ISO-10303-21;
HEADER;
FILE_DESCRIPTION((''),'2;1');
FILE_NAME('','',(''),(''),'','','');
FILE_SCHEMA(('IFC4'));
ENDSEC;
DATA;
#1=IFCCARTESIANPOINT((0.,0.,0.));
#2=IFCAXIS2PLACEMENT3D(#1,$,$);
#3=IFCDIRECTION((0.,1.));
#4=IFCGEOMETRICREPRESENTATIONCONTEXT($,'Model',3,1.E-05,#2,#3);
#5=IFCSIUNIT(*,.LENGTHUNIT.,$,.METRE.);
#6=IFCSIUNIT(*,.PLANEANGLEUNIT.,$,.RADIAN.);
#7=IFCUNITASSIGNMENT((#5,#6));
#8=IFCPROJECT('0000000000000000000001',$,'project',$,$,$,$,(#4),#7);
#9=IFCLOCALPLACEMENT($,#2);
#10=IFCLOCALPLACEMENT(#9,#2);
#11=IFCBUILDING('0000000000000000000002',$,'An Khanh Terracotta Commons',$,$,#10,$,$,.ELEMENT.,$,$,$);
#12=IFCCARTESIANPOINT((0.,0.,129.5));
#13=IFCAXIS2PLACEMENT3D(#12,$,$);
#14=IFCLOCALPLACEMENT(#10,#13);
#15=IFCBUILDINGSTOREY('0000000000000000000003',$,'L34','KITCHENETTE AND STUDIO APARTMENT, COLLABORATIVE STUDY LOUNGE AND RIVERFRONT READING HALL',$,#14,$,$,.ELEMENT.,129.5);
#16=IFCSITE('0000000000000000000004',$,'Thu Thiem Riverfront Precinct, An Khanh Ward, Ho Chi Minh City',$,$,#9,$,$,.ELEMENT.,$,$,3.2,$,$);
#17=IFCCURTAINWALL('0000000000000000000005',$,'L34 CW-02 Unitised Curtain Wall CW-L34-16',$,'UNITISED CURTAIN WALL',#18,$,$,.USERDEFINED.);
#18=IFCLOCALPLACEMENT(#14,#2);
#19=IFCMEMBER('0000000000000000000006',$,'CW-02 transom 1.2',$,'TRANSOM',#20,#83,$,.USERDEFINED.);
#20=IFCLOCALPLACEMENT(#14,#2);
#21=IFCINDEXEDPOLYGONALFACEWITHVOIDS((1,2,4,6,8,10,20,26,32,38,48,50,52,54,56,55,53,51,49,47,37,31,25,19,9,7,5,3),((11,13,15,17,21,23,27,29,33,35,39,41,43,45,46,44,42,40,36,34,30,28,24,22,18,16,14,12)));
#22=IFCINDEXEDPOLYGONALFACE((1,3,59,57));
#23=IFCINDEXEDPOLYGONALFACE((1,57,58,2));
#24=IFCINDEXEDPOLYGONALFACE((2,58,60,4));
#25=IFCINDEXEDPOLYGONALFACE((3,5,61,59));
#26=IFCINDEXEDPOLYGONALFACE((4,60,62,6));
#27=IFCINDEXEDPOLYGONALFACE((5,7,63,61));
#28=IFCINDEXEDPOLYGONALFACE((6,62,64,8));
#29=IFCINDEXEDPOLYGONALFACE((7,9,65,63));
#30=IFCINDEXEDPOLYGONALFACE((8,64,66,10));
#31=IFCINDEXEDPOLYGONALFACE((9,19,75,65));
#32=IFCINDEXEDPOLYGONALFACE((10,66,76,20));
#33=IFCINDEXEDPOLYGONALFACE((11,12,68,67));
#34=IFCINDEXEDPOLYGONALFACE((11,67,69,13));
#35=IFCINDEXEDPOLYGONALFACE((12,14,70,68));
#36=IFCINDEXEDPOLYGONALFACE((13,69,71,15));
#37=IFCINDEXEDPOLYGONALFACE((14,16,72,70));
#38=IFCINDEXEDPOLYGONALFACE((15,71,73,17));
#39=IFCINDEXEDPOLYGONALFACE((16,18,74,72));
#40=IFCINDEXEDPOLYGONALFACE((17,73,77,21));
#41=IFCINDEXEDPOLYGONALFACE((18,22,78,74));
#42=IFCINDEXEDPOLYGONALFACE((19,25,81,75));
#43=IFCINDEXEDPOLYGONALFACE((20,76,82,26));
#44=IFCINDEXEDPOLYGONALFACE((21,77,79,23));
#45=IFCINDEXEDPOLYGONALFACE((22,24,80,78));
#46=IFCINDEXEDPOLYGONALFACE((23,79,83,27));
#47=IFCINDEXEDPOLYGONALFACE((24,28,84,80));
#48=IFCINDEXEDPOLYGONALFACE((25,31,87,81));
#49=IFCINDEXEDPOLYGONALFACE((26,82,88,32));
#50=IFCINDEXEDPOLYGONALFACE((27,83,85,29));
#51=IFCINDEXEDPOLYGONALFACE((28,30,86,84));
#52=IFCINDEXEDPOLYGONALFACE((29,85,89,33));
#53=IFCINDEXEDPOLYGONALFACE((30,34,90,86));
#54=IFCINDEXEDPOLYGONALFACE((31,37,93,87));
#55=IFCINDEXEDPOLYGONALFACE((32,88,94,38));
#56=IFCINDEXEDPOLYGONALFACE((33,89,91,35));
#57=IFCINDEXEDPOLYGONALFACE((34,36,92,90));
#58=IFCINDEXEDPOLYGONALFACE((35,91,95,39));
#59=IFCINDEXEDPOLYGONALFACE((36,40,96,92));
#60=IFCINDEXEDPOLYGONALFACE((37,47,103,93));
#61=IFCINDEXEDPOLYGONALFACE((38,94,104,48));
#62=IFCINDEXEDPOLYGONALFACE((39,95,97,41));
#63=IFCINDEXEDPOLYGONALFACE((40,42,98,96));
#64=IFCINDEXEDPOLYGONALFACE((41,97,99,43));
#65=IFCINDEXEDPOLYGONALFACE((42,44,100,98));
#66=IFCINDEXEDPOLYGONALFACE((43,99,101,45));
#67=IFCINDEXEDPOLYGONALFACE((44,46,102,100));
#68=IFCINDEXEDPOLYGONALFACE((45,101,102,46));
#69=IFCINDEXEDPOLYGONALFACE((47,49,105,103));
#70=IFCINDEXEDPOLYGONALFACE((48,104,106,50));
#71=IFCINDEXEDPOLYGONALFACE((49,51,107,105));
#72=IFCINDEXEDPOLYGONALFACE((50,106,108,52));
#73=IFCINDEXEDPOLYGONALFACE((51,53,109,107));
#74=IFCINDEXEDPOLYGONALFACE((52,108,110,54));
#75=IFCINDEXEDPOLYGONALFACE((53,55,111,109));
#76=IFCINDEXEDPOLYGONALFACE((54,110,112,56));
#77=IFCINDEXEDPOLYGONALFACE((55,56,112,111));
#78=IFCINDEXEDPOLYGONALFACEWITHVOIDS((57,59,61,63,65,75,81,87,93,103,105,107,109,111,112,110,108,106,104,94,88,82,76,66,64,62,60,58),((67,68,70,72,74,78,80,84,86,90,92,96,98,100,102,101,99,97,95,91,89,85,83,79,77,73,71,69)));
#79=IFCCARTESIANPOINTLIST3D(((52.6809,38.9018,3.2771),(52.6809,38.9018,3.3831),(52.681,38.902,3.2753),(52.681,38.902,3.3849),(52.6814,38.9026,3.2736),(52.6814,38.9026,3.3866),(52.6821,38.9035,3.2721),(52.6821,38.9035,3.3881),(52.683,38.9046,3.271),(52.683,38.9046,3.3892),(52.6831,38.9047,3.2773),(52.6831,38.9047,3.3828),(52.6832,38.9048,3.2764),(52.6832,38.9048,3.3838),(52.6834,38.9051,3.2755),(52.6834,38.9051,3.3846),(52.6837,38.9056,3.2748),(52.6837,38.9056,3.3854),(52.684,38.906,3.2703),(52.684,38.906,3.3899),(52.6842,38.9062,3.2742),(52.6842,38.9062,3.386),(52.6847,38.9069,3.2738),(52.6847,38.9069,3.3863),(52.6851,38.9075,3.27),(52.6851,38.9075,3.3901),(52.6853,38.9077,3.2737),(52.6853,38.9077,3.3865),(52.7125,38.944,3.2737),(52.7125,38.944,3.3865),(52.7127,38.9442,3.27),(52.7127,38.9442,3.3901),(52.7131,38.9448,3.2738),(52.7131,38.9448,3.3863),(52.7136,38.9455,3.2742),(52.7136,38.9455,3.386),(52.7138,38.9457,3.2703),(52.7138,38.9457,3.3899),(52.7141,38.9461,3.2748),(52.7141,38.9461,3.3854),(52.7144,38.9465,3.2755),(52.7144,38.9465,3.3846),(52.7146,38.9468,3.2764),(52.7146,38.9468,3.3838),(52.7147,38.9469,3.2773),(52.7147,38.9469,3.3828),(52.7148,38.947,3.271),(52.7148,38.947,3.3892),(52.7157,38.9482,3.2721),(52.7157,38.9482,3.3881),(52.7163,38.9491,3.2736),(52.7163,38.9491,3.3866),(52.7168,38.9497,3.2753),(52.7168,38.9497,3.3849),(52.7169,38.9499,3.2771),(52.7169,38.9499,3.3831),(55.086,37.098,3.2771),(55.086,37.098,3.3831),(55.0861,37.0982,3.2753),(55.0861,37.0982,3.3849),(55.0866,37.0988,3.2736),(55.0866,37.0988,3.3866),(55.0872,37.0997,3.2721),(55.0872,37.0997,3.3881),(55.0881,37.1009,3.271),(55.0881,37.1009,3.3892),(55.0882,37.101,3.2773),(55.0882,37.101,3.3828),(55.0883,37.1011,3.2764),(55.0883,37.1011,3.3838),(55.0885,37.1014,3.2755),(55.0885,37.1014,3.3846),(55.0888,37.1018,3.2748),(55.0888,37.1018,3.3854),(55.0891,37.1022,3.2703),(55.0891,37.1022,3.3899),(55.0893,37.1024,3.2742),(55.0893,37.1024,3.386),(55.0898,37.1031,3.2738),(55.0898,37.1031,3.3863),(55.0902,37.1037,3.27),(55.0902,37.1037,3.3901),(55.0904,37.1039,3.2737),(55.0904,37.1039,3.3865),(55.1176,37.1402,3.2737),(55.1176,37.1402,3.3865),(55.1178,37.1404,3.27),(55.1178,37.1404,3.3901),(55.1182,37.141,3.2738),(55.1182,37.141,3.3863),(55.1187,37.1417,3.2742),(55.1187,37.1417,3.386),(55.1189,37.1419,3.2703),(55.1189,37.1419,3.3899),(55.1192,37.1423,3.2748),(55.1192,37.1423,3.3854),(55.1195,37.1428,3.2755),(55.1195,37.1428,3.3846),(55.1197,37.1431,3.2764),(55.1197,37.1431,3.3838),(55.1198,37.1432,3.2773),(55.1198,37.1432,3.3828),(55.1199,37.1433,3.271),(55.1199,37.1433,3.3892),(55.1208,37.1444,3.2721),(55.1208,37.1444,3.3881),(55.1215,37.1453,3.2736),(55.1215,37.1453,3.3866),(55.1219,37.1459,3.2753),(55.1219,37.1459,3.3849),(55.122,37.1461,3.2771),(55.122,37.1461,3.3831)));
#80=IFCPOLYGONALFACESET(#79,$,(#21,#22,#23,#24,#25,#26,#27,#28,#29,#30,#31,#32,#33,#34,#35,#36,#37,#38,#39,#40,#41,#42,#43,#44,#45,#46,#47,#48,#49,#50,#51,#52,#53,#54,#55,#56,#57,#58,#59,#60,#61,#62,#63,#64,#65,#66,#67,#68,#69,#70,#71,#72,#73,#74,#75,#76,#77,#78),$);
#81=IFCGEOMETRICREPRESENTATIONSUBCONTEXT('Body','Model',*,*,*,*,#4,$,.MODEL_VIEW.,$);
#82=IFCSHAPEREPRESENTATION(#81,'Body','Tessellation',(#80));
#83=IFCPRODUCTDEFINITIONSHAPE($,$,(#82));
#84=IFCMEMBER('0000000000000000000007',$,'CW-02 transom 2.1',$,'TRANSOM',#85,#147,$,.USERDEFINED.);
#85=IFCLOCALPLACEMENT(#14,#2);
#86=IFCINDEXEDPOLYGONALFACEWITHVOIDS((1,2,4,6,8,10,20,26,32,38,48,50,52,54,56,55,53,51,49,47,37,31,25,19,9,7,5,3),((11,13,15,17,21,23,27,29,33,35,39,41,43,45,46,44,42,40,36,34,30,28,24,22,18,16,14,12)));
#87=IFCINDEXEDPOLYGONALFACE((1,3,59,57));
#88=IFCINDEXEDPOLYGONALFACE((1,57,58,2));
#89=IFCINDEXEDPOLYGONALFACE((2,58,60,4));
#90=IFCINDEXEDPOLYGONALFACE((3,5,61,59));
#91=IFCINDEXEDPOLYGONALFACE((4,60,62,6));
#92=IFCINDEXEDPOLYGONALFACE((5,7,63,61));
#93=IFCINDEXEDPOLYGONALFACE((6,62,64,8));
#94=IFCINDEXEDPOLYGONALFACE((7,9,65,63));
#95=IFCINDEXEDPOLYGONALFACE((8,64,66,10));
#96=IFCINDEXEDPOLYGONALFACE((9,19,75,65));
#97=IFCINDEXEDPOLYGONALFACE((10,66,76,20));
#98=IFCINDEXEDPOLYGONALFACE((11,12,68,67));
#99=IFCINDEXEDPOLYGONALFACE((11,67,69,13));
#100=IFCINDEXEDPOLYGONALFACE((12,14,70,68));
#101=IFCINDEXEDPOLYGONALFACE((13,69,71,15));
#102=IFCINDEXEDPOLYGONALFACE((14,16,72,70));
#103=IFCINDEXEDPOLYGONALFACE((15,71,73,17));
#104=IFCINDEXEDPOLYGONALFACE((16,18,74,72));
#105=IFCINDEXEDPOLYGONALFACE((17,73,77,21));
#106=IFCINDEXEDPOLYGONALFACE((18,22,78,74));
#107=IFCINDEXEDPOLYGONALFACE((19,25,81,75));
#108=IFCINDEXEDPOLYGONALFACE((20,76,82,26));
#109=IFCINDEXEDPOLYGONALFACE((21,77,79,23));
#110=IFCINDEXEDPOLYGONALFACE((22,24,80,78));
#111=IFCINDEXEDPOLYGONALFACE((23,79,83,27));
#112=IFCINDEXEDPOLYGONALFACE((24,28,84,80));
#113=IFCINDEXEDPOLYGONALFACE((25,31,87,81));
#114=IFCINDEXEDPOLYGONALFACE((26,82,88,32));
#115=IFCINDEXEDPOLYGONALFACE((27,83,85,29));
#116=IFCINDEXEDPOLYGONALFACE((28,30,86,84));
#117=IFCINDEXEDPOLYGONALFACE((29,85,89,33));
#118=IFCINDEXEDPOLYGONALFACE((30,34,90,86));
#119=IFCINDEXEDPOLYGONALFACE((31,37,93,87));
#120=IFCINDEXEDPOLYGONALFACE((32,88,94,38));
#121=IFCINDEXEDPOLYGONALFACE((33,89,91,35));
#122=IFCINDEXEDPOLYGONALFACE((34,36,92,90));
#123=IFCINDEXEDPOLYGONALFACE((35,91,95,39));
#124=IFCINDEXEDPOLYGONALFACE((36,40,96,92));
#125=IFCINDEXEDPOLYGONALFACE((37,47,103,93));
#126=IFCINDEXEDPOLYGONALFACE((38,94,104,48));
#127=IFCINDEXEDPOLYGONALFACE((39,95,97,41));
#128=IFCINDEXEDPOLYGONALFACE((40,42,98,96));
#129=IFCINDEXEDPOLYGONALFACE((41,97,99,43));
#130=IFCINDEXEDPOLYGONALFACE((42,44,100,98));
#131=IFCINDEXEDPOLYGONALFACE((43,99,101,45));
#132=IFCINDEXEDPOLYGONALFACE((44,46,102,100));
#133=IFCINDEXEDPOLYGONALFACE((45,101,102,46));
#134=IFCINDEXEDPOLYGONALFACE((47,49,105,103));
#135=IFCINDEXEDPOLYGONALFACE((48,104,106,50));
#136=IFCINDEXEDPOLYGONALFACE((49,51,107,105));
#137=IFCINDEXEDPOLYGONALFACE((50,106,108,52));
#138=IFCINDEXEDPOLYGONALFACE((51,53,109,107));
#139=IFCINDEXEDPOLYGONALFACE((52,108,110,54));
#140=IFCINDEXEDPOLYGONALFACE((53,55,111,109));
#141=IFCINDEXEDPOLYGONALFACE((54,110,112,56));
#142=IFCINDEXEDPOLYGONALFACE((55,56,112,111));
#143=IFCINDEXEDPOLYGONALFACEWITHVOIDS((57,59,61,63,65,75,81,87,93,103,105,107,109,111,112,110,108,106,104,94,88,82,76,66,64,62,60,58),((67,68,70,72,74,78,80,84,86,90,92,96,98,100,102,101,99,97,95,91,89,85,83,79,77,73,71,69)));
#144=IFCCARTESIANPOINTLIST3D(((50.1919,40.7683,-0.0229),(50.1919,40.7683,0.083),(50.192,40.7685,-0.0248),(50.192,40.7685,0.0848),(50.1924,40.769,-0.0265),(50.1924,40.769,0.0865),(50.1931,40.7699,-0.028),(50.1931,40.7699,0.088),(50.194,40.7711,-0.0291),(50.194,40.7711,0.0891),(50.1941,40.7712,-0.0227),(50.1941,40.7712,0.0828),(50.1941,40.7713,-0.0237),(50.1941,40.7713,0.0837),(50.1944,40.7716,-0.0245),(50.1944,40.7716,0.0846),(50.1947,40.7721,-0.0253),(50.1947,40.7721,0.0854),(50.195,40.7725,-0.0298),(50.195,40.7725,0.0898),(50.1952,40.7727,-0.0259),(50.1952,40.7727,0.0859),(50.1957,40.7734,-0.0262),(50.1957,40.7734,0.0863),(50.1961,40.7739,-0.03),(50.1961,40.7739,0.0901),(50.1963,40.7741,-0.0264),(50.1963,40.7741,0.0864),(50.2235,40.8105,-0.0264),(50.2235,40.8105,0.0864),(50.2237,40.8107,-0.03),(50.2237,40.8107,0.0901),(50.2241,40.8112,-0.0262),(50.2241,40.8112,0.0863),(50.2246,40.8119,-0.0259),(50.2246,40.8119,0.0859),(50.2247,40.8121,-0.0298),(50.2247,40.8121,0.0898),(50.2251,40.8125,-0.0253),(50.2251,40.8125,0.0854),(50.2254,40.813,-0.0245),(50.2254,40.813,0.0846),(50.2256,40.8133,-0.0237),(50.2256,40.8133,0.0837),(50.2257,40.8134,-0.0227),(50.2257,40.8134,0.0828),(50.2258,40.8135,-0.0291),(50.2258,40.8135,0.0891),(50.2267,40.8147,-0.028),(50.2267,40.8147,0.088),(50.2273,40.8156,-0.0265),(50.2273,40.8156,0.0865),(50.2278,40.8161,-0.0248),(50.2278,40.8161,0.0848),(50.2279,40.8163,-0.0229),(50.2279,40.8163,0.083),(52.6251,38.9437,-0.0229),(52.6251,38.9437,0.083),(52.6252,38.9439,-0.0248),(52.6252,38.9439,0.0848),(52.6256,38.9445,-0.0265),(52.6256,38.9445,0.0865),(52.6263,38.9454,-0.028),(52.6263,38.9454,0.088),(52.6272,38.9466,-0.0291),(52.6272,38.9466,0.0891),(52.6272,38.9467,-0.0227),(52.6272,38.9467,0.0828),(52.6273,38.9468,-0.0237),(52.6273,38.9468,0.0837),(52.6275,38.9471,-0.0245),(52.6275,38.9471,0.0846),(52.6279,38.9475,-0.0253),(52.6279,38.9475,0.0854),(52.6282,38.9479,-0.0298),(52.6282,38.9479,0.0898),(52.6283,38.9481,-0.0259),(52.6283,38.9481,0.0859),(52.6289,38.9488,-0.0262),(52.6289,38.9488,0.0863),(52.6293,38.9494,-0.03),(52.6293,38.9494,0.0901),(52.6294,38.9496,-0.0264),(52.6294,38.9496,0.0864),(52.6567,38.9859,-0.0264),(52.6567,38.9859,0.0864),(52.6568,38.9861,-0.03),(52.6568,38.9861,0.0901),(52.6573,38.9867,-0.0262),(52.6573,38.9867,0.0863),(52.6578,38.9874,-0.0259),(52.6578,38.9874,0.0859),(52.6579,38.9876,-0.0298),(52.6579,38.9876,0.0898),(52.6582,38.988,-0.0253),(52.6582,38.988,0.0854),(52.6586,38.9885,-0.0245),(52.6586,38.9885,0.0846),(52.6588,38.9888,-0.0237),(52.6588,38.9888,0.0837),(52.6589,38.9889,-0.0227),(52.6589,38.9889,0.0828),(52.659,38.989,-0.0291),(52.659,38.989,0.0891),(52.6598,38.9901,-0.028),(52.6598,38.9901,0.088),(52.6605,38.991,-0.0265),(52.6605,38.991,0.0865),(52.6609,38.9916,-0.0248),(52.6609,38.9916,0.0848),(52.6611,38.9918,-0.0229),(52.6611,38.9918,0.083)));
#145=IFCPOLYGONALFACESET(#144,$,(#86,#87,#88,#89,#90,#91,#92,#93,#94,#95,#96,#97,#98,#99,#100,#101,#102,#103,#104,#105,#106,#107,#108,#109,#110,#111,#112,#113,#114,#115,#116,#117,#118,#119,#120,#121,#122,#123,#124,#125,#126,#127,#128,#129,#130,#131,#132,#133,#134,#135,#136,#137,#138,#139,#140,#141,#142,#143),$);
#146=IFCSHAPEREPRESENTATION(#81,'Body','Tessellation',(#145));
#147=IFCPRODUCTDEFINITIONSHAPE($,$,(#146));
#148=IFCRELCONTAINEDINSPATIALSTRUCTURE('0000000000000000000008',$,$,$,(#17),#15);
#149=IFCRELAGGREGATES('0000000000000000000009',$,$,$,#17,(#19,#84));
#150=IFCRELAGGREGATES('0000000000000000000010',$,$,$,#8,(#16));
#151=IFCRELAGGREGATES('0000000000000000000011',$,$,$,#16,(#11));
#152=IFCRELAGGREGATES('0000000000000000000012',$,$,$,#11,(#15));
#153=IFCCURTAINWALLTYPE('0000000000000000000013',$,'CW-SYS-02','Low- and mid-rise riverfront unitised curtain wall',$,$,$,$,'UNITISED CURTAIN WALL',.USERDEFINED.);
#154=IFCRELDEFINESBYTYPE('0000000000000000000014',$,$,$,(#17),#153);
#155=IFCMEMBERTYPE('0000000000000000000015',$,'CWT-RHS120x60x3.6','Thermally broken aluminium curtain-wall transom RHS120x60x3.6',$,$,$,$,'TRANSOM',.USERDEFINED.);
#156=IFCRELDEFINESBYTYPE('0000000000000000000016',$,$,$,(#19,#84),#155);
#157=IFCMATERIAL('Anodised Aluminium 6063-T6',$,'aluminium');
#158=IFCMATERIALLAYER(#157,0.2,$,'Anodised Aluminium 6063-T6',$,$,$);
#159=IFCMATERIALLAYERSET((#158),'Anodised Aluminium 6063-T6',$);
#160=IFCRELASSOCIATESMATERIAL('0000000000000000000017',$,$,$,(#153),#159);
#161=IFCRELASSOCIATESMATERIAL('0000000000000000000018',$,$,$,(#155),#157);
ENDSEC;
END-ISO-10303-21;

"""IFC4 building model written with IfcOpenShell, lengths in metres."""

from ifc_helpers import new_model, si_unit, direction, frame, origin, origin_2d, place, context, subcontext, project, spatial, hollow_rectangle, extrude, material, layer, layer_set, material_profile, profile_set, type_object, element, aggregate, save


model = new_model("IFC4")

# Units and contexts
model_context = context("Model", 3, precision=1e-05, world=origin(), true_north=direction((0.0, 1.0)))
body_context = subcontext(model_context, "Body", "Model", "MODEL_VIEW")
ifc_project = project(units=[si_unit("LENGTHUNIT", "METRE"), si_unit("PLANEANGLEUNIT", "RADIAN")], contexts=[model_context])

# Site, building, storey
site_placement = place(None, origin())
site = spatial("IfcSite", under=ifc_project, at=site_placement, Name="Thu Thiem Riverfront Precinct, An Khanh Ward, Ho Chi Minh City", CompositionType="ELEMENT", RefElevation=3.2)
building_placement = place(site_placement, origin())
building = spatial("IfcBuilding", under=site, at=building_placement, Name="An Khanh Terracotta Commons", CompositionType="ELEMENT")
storey_placement = place(building_placement, frame((0.0, 0.0, 129.5)))
storey = spatial("IfcBuildingStorey", under=building, at=storey_placement, Name="L34", Description="KITCHENETTE AND STUDIO APARTMENT, COLLABORATIVE STUDY LOUNGE AND RIVERFRONT READING HALL", CompositionType="ELEMENT", Elevation=129.5)

# Curtain wall, members
ifc_material_1 = material(Name="Anodised Aluminium 6063-T6", Category="aluminium")
ifc_layer_1 = layer(ifc_material_1, 0.2, Name="Anodised Aluminium 6063-T6")
ifc_layer_set_1 = layer_set([ifc_layer_1], Name="Anodised Aluminium 6063-T6")
curtain_wall_type = type_object("IfcCurtainWallType", Name="CW-SYS-02", Description="Low- and mid-rise riverfront unitised curtain wall", ElementType="UNITISED CURTAIN WALL", PredefinedType="USERDEFINED", material=ifc_layer_set_1)
curtain_wall_placement = place(storey_placement, origin())
curtain_wall = element("IfcCurtainWall", 1, at=curtain_wall_placement, inside=storey, type_object=curtain_wall_type, Name="L34 CW-02 Unitised Curtain Wall CW-L34-16", ObjectType="UNITISED CURTAIN WALL", PredefinedType="USERDEFINED")
ifc_material_profile_1 = material_profile(ifc_material_1, hollow_rectangle(XDim=0.0601, YDim=0.1201, WallThickness=0.0037, InnerFilletRadius=0.0037, OuterFilletRadius=0.0071, at=origin_2d()), Name="RHS120x60x3.6")
ifc_profile_set_1 = profile_set([ifc_material_profile_1], Name="Anodised Aluminium 6063-T6")
member_type_1 = type_object("IfcMemberType", Name="CWT-RHS120x60x3.6", Description="Thermally broken aluminium curtain-wall transom RHS120x60x3.6", ElementType="TRANSOM", PredefinedType="USERDEFINED", material=ifc_profile_set_1)
member_1_placement = place(storey_placement, frame((55.104, 37.1221, 3.3301), z_axis=(-0.80001, 0.599987, 0.0), x_axis=(-0.599987, -0.80001, 0.0)))
member_1 = element("IfcMember", 2, at=member_1_placement, type_object=member_type_1, Name="CW-02 transom 1.2", ObjectType="TRANSOM", PredefinedType="USERDEFINED", context=body_context, shape_type="SweptSolid", body=[
    extrude(hollow_rectangle(XDim=0.0601, YDim=0.1201, WallThickness=0.0037, InnerFilletRadius=0.0037, OuterFilletRadius=0.0071, at=origin_2d()), origin(), (0.0, 0.0, 1.0), 3.0063),
])
member_2_placement = place(storey_placement, frame((52.6431, 38.9678, 0.03), z_axis=(-0.800058, 0.599923, 0.0), x_axis=(-0.599923, -0.800058, 0.0)))
member_2 = element("IfcMember", 3, at=member_2_placement, type_object=member_type_1, Name="CW-02 transom 2.1", ObjectType="TRANSOM", PredefinedType="USERDEFINED", context=body_context, shape_type="SweptSolid", body=[
    extrude(hollow_rectangle(XDim=0.0601, YDim=0.1201, WallThickness=0.0037, InnerFilletRadius=0.0037, OuterFilletRadius=0.0071, at=origin_2d()), origin(), (0.0, 0.0, 1.0), 3.0413),
])
aggregate(curtain_wall, [member_1, member_2])

save(model, "model.ifc")
